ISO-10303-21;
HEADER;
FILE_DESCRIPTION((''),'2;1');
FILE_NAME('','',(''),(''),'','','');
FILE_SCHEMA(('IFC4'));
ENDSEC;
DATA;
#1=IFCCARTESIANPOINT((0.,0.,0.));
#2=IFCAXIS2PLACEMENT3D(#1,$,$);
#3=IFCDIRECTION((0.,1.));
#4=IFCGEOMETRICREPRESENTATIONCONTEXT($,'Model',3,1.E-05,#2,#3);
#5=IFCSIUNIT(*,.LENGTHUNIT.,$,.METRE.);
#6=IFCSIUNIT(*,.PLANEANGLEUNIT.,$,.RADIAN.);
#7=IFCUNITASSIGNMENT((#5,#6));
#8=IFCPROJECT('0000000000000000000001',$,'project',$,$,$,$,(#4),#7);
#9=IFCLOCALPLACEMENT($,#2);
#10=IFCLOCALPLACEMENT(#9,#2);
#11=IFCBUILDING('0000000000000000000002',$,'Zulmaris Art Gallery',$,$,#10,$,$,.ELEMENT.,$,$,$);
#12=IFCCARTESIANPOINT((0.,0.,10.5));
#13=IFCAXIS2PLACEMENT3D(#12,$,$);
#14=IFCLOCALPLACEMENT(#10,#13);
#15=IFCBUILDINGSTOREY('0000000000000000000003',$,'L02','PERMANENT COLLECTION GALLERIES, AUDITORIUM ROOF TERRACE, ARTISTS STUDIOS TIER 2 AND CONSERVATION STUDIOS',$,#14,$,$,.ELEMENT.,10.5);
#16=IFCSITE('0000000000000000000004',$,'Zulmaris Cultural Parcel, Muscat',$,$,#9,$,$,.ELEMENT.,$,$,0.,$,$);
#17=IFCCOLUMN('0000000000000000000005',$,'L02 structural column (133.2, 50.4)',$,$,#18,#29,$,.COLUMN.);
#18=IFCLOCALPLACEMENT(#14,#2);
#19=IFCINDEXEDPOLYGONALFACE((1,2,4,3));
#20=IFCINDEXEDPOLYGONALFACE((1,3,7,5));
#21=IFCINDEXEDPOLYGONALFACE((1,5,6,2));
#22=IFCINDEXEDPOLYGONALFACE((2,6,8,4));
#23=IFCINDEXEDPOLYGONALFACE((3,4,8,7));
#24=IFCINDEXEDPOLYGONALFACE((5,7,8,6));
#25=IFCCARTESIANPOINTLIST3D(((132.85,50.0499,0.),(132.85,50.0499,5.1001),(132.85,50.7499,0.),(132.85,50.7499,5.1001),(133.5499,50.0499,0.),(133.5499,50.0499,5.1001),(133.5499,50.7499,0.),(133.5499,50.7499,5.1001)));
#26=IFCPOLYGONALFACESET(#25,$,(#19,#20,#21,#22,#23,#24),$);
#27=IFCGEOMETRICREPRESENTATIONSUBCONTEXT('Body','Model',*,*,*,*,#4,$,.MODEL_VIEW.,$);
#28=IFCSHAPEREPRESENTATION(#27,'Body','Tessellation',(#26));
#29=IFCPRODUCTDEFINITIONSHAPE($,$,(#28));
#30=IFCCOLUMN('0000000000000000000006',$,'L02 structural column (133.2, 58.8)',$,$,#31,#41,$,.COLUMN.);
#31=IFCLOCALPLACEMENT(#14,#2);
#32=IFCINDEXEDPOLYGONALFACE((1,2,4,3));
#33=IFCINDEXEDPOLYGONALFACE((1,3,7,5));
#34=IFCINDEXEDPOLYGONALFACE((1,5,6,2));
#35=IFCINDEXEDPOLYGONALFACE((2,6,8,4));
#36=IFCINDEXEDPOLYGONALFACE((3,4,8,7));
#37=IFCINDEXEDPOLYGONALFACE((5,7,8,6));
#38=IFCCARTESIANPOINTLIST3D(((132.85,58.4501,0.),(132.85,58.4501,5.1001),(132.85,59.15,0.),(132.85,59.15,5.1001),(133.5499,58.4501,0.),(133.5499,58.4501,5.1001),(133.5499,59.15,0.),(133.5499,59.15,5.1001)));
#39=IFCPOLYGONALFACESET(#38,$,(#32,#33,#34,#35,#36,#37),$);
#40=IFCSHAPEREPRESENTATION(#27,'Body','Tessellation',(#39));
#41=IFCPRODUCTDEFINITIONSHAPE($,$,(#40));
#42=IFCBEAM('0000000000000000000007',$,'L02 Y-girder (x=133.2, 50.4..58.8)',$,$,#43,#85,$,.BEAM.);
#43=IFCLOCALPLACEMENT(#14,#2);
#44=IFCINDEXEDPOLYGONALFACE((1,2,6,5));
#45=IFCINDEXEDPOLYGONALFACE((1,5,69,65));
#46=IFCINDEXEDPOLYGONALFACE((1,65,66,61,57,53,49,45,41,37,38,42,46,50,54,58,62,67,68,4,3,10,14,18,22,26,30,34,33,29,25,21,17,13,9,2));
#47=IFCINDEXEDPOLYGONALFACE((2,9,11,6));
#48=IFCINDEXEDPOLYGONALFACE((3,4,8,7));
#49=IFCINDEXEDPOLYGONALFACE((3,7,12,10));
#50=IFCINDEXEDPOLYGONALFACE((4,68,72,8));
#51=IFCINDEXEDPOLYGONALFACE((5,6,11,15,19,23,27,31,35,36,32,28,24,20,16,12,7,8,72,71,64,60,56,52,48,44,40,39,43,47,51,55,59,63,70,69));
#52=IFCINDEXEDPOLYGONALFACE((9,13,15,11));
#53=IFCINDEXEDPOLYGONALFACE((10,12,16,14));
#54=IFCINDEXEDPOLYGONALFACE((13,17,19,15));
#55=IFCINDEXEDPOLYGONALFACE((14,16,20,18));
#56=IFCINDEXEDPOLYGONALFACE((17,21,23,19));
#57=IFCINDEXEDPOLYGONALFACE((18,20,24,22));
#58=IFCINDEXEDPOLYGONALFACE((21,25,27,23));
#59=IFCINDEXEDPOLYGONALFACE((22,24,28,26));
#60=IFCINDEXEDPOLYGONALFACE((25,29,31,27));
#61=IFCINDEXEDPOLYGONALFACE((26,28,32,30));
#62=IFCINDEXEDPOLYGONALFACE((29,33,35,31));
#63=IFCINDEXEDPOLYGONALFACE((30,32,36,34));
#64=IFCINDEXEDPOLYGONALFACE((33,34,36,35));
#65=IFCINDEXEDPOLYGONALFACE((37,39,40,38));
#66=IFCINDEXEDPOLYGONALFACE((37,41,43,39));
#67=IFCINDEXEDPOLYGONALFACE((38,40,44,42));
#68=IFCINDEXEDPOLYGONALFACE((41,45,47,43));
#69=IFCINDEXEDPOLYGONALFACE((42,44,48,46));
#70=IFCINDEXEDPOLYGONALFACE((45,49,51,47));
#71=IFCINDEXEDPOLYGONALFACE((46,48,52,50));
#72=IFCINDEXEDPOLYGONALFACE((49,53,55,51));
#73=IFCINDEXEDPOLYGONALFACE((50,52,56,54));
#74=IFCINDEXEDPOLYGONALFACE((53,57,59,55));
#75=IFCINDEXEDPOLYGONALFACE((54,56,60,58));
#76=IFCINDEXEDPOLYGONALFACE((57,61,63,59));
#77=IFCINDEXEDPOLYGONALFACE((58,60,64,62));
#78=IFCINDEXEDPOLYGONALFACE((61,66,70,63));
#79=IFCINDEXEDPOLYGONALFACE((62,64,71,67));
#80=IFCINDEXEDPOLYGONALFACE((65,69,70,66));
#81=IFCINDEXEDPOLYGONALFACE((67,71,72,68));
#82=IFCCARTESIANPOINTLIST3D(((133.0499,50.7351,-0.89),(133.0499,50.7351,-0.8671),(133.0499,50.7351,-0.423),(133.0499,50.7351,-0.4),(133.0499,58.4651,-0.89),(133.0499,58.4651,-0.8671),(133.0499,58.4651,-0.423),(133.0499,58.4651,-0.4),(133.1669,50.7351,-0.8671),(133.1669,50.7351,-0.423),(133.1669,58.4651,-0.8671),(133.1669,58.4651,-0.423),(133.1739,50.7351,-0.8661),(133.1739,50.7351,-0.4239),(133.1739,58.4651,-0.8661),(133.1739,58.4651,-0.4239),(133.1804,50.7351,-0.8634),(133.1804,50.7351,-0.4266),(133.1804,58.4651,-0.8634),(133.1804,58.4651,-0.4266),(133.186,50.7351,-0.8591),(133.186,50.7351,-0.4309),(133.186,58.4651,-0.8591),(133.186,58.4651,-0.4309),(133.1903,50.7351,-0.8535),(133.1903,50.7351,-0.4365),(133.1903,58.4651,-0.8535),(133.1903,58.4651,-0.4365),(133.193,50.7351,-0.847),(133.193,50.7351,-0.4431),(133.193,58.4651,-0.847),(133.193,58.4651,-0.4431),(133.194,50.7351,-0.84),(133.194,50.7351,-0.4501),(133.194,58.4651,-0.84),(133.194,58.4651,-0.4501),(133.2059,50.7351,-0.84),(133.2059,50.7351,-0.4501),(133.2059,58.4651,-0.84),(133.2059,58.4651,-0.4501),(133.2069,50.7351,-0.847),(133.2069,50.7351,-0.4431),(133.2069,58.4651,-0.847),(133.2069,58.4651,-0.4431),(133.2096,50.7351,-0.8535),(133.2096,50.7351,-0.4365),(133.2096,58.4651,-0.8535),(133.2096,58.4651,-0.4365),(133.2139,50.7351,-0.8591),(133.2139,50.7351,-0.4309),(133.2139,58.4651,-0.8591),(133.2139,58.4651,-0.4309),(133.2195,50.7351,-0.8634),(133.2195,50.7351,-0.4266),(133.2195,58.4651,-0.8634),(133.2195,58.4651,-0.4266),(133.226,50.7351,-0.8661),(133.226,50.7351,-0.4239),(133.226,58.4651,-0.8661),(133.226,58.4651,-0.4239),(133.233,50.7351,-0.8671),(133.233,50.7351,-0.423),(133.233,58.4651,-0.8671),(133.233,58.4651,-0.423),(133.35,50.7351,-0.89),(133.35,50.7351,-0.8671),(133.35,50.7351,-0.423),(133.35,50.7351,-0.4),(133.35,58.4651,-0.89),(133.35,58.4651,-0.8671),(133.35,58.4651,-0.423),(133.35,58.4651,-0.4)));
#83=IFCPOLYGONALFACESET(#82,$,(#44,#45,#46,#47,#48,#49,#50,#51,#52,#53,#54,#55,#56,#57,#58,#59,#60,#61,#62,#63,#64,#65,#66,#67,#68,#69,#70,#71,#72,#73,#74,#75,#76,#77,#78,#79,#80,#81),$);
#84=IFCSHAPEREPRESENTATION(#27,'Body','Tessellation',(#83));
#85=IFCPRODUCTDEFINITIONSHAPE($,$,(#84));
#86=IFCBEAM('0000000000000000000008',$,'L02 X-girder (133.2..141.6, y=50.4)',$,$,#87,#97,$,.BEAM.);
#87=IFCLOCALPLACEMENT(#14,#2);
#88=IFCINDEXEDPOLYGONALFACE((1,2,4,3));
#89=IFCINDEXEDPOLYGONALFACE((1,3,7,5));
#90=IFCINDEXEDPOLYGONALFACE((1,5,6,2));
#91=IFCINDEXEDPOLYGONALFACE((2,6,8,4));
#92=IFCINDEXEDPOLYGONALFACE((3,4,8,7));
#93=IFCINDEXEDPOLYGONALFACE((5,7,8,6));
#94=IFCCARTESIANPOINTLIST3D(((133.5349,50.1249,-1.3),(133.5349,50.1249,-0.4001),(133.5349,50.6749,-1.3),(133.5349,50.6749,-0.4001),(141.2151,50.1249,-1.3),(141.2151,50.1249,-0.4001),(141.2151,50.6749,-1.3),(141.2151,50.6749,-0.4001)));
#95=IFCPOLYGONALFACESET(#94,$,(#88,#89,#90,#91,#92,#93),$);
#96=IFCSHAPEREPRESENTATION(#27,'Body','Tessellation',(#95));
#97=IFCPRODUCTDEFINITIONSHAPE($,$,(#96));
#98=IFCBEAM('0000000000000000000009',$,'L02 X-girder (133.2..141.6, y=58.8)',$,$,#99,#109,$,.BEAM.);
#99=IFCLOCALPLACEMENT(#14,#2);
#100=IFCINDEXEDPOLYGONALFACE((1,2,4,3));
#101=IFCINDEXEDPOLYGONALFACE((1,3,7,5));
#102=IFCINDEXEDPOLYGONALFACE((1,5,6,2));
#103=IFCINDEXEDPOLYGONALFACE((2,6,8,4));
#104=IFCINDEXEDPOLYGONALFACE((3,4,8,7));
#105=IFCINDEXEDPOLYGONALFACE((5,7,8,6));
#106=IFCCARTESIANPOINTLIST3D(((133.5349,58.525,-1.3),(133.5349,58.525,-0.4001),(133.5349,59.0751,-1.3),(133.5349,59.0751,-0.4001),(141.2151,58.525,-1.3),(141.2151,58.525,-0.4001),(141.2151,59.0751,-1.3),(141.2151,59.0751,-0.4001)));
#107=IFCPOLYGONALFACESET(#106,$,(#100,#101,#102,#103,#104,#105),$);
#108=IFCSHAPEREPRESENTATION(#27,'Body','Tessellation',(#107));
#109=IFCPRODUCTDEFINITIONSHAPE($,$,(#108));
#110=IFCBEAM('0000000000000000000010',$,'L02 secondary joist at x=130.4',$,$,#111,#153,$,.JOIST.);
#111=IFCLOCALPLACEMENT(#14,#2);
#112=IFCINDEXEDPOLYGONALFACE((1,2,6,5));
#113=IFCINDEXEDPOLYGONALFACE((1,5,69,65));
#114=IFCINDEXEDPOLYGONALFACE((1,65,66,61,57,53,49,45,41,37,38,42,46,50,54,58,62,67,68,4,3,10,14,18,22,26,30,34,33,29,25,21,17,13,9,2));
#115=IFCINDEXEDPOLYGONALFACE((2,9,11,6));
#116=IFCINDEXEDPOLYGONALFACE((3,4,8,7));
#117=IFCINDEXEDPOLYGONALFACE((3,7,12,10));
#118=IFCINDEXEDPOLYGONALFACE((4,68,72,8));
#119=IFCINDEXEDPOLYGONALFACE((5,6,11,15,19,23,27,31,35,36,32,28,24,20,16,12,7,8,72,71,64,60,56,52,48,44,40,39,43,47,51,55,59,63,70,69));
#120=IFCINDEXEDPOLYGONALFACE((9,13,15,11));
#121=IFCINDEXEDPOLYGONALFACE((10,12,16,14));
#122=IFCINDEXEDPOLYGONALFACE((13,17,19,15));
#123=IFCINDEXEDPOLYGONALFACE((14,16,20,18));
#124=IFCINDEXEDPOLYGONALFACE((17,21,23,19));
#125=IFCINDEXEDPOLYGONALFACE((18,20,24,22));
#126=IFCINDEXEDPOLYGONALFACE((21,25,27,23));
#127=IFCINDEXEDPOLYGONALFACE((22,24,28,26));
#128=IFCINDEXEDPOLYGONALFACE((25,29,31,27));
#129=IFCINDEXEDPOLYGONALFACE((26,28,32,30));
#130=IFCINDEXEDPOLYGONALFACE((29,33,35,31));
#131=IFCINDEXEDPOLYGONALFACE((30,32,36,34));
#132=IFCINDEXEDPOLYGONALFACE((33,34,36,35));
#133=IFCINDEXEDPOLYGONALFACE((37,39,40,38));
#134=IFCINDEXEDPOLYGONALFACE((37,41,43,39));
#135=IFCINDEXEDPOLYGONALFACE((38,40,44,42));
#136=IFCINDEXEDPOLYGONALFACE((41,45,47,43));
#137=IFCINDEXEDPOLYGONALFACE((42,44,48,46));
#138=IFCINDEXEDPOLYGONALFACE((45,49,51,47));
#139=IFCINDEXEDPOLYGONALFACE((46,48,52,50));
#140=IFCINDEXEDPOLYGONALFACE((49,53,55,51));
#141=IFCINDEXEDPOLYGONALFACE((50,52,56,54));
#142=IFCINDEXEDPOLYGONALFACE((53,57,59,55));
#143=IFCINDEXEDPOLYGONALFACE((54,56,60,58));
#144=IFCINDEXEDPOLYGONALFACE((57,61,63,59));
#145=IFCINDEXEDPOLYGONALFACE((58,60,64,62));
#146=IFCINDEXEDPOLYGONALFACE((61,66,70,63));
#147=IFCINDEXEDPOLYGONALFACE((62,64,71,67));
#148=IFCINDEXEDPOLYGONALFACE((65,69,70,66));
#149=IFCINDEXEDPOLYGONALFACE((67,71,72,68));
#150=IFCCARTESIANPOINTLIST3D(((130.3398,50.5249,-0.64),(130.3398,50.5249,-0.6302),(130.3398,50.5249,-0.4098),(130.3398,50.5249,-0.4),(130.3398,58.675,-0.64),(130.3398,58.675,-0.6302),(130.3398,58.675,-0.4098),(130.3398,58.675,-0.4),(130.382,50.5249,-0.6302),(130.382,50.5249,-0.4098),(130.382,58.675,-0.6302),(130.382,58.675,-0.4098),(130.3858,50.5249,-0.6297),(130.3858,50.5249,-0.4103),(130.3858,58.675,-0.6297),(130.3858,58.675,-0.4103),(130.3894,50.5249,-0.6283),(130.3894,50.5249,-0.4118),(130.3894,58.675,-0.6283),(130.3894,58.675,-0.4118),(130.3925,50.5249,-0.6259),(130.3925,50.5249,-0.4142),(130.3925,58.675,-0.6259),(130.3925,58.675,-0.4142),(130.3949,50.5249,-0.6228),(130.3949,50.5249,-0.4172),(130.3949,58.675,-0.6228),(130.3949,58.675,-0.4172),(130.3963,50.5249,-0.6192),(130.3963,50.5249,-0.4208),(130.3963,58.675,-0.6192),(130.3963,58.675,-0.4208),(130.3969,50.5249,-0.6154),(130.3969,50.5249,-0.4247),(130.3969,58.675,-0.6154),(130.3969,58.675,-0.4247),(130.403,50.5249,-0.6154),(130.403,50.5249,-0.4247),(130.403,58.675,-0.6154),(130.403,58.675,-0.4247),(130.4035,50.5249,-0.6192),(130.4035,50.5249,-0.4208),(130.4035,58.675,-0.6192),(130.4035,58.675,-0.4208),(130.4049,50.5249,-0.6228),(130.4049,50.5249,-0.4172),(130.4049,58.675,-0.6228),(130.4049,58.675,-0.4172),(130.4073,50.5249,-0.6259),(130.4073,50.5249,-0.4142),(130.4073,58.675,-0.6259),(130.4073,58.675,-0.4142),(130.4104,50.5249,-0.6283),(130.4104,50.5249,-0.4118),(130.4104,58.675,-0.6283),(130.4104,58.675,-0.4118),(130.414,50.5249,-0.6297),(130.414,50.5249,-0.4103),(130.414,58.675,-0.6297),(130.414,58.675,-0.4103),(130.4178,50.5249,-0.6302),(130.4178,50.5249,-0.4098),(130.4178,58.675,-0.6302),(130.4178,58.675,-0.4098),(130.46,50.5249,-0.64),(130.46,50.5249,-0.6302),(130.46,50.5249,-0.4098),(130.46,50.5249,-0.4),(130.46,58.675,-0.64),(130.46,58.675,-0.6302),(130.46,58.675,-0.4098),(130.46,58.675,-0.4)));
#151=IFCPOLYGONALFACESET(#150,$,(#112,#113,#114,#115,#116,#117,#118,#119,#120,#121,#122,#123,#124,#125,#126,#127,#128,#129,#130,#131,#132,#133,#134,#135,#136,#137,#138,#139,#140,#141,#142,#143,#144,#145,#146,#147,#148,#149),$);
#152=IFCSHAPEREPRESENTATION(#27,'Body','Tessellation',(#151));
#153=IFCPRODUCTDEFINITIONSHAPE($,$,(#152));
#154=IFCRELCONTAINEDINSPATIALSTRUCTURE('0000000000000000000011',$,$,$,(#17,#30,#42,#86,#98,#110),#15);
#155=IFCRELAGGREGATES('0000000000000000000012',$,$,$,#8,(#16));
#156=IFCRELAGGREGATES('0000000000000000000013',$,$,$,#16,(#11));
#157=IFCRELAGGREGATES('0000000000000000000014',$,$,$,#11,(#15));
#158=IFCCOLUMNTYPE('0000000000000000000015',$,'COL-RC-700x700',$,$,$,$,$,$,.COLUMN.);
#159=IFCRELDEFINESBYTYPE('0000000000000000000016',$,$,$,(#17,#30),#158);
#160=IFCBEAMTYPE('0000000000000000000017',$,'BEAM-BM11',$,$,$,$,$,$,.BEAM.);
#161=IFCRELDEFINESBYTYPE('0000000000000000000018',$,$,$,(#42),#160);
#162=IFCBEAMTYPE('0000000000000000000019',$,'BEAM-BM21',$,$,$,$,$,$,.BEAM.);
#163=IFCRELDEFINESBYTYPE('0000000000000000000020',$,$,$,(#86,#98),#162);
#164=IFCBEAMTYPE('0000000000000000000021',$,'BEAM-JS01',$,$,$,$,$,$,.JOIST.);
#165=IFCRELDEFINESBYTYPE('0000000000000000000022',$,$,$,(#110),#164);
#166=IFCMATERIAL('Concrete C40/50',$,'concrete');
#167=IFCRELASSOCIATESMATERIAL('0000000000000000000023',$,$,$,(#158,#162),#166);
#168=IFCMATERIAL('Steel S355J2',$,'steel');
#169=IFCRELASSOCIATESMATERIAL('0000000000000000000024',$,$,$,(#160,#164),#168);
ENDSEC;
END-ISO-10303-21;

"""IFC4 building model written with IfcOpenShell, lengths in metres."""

from ifc_helpers import new_model, si_unit, direction, frame, origin, origin_2d, place, context, subcontext, project, spatial, rectangle, i_section, extrude, material, material_profile, profile_set, type_object, element, save


model = new_model("IFC4")

# Units and contexts
model_context = context("Model", 3, precision=1e-05, world=origin(), true_north=direction((0.0, 1.0)))
body_context = subcontext(model_context, "Body", "Model", "MODEL_VIEW")
ifc_project = project(units=[si_unit("LENGTHUNIT", "METRE"), si_unit("PLANEANGLEUNIT", "RADIAN")], contexts=[model_context])

# Site, building, storey
site_placement = place(None, origin())
site = spatial("IfcSite", under=ifc_project, at=site_placement, Name="Zulmaris Cultural Parcel, Muscat", CompositionType="ELEMENT", RefElevation=0.0)
building_placement = place(site_placement, origin())
building = spatial("IfcBuilding", under=site, at=building_placement, Name="Zulmaris Art Gallery", CompositionType="ELEMENT")
storey_placement = place(building_placement, frame((0.0, 0.0, 10.5)))
storey = spatial("IfcBuildingStorey", under=building, at=storey_placement, Name="L02", Description="PERMANENT COLLECTION GALLERIES, AUDITORIUM ROOF TERRACE, ARTISTS STUDIOS TIER 2 AND CONSERVATION STUDIOS", CompositionType="ELEMENT", Elevation=10.5)

# Columns
ifc_material_1 = material(Name="Concrete C40/50", Category="concrete")
ifc_material_profile_1 = material_profile(ifc_material_1, rectangle(XDim=0.7, YDim=0.7, at=origin_2d()), Name="RC 700x700")
ifc_profile_set_1 = profile_set([ifc_material_profile_1], Name="Concrete C40/50")
column_type = type_object("IfcColumnType", Name="COL-RC-700x700", PredefinedType="COLUMN", material=ifc_profile_set_1)
for number, where, z_axis, x_axis, name in (
    (1, (133.2, 50.3999, 0.0), (0.0, 0.0, 1.0), (1.0, 0.0, 0.0), "L02 structural column (133.2, 50.4)"),
    (2, (133.2, 58.8, 0.0), (0.0, 0.0, 1.0), (1.0, 0.0, 0.0), "L02 structural column (133.2, 58.8)"),
):
    element("IfcColumn", number, at=place(storey_placement, frame(where, z_axis=z_axis, x_axis=x_axis)), inside=storey, type_object=column_type, Name=name, PredefinedType="COLUMN", context=body_context, shape_type="SweptSolid", body=[
        extrude(rectangle(XDim=0.7, YDim=0.7, at=origin_2d()), origin(), (0.0, 0.0, 1.0), 5.1001),
    ])

# Beams
ifc_material_2 = material(Name="Steel S355J2", Category="steel")
ifc_material_profile_2 = material_profile(ifc_material_2, i_section(OverallWidth=0.3, OverallDepth=0.49, WebThickness=0.012, FlangeThickness=0.0229, FilletRadius=0.0271, at=origin_2d()), Name="HEA 500")
ifc_profile_set_2 = profile_set([ifc_material_profile_2], Name="Steel S355J2")
beam_type_1 = type_object("IfcBeamType", Name="BEAM-BM11", PredefinedType="BEAM", material=ifc_profile_set_2)
beam_1_placement = place(storey_placement, frame((133.2, 50.7351, -0.645), z_axis=(0.0, 1.0, 0.0), x_axis=(-1.0, 0.0, 0.0)))
element("IfcBeam", 3, at=beam_1_placement, inside=storey, type_object=beam_type_1, Name="L02 Y-girder (x=133.2, 50.4..58.8)", PredefinedType="BEAM", context=body_context, shape_type="SweptSolid", body=[
    extrude(i_section(OverallWidth=0.3, OverallDepth=0.49, WebThickness=0.012, FlangeThickness=0.0229, FilletRadius=0.0271, at=origin_2d()), origin(), (0.0, 0.0, 1.0), 7.73),
])
ifc_material_profile_3 = material_profile(ifc_material_1, rectangle(XDim=0.55, YDim=0.8999, at=origin_2d()), Name="RC 550x900")
ifc_profile_set_3 = profile_set([ifc_material_profile_3], Name="Concrete C40/50")
beam_type_2 = type_object("IfcBeamType", Name="BEAM-BM21", PredefinedType="BEAM", material=ifc_profile_set_3)
for number, where, z_axis, x_axis, name in (
    (4, (133.5349, 50.3999, -0.8501), (1.0, 0.0, 0.0), (0.0, 1.0, 0.0), "L02 X-girder (133.2..141.6, y=50.4)"),
    (5, (133.5349, 58.8, -0.8501), (1.0, 0.0, 0.0), (0.0, 1.0, 0.0), "L02 X-girder (133.2..141.6, y=58.8)"),
):
    element("IfcBeam", number, at=place(storey_placement, frame(where, z_axis=z_axis, x_axis=x_axis)), inside=storey, type_object=beam_type_2, Name=name, PredefinedType="BEAM", context=body_context, shape_type="SweptSolid", body=[
        extrude(rectangle(XDim=0.55, YDim=0.8999, at=origin_2d()), origin(), (0.0, 0.0, 1.0), 7.6802),
    ])
ifc_material_profile_4 = material_profile(ifc_material_2, i_section(OverallWidth=0.1201, OverallDepth=0.24, WebThickness=0.0061, FlangeThickness=0.0098, FilletRadius=0.0149, at=origin_2d()), Name="IPE 240")
ifc_profile_set_4 = profile_set([ifc_material_profile_4], Name="Steel S355J2")
beam_type_3 = type_object("IfcBeamType", Name="BEAM-JS01", PredefinedType="JOIST", material=ifc_profile_set_4)
beam_2_placement = place(storey_placement, frame((130.3999, 50.5249, -0.52), z_axis=(0.0, 1.0, 0.0), x_axis=(-1.0, 0.0, 0.0)))
element("IfcBeam", 6, at=beam_2_placement, inside=storey, type_object=beam_type_3, Name="L02 secondary joist at x=130.4", PredefinedType="JOIST", context=body_context, shape_type="SweptSolid", body=[
    extrude(i_section(OverallWidth=0.1201, OverallDepth=0.24, WebThickness=0.0061, FlangeThickness=0.0098, FilletRadius=0.0149, at=origin_2d()), origin(), (0.0, 0.0, 1.0), 8.1501),
])

save(model, "model.ifc")
